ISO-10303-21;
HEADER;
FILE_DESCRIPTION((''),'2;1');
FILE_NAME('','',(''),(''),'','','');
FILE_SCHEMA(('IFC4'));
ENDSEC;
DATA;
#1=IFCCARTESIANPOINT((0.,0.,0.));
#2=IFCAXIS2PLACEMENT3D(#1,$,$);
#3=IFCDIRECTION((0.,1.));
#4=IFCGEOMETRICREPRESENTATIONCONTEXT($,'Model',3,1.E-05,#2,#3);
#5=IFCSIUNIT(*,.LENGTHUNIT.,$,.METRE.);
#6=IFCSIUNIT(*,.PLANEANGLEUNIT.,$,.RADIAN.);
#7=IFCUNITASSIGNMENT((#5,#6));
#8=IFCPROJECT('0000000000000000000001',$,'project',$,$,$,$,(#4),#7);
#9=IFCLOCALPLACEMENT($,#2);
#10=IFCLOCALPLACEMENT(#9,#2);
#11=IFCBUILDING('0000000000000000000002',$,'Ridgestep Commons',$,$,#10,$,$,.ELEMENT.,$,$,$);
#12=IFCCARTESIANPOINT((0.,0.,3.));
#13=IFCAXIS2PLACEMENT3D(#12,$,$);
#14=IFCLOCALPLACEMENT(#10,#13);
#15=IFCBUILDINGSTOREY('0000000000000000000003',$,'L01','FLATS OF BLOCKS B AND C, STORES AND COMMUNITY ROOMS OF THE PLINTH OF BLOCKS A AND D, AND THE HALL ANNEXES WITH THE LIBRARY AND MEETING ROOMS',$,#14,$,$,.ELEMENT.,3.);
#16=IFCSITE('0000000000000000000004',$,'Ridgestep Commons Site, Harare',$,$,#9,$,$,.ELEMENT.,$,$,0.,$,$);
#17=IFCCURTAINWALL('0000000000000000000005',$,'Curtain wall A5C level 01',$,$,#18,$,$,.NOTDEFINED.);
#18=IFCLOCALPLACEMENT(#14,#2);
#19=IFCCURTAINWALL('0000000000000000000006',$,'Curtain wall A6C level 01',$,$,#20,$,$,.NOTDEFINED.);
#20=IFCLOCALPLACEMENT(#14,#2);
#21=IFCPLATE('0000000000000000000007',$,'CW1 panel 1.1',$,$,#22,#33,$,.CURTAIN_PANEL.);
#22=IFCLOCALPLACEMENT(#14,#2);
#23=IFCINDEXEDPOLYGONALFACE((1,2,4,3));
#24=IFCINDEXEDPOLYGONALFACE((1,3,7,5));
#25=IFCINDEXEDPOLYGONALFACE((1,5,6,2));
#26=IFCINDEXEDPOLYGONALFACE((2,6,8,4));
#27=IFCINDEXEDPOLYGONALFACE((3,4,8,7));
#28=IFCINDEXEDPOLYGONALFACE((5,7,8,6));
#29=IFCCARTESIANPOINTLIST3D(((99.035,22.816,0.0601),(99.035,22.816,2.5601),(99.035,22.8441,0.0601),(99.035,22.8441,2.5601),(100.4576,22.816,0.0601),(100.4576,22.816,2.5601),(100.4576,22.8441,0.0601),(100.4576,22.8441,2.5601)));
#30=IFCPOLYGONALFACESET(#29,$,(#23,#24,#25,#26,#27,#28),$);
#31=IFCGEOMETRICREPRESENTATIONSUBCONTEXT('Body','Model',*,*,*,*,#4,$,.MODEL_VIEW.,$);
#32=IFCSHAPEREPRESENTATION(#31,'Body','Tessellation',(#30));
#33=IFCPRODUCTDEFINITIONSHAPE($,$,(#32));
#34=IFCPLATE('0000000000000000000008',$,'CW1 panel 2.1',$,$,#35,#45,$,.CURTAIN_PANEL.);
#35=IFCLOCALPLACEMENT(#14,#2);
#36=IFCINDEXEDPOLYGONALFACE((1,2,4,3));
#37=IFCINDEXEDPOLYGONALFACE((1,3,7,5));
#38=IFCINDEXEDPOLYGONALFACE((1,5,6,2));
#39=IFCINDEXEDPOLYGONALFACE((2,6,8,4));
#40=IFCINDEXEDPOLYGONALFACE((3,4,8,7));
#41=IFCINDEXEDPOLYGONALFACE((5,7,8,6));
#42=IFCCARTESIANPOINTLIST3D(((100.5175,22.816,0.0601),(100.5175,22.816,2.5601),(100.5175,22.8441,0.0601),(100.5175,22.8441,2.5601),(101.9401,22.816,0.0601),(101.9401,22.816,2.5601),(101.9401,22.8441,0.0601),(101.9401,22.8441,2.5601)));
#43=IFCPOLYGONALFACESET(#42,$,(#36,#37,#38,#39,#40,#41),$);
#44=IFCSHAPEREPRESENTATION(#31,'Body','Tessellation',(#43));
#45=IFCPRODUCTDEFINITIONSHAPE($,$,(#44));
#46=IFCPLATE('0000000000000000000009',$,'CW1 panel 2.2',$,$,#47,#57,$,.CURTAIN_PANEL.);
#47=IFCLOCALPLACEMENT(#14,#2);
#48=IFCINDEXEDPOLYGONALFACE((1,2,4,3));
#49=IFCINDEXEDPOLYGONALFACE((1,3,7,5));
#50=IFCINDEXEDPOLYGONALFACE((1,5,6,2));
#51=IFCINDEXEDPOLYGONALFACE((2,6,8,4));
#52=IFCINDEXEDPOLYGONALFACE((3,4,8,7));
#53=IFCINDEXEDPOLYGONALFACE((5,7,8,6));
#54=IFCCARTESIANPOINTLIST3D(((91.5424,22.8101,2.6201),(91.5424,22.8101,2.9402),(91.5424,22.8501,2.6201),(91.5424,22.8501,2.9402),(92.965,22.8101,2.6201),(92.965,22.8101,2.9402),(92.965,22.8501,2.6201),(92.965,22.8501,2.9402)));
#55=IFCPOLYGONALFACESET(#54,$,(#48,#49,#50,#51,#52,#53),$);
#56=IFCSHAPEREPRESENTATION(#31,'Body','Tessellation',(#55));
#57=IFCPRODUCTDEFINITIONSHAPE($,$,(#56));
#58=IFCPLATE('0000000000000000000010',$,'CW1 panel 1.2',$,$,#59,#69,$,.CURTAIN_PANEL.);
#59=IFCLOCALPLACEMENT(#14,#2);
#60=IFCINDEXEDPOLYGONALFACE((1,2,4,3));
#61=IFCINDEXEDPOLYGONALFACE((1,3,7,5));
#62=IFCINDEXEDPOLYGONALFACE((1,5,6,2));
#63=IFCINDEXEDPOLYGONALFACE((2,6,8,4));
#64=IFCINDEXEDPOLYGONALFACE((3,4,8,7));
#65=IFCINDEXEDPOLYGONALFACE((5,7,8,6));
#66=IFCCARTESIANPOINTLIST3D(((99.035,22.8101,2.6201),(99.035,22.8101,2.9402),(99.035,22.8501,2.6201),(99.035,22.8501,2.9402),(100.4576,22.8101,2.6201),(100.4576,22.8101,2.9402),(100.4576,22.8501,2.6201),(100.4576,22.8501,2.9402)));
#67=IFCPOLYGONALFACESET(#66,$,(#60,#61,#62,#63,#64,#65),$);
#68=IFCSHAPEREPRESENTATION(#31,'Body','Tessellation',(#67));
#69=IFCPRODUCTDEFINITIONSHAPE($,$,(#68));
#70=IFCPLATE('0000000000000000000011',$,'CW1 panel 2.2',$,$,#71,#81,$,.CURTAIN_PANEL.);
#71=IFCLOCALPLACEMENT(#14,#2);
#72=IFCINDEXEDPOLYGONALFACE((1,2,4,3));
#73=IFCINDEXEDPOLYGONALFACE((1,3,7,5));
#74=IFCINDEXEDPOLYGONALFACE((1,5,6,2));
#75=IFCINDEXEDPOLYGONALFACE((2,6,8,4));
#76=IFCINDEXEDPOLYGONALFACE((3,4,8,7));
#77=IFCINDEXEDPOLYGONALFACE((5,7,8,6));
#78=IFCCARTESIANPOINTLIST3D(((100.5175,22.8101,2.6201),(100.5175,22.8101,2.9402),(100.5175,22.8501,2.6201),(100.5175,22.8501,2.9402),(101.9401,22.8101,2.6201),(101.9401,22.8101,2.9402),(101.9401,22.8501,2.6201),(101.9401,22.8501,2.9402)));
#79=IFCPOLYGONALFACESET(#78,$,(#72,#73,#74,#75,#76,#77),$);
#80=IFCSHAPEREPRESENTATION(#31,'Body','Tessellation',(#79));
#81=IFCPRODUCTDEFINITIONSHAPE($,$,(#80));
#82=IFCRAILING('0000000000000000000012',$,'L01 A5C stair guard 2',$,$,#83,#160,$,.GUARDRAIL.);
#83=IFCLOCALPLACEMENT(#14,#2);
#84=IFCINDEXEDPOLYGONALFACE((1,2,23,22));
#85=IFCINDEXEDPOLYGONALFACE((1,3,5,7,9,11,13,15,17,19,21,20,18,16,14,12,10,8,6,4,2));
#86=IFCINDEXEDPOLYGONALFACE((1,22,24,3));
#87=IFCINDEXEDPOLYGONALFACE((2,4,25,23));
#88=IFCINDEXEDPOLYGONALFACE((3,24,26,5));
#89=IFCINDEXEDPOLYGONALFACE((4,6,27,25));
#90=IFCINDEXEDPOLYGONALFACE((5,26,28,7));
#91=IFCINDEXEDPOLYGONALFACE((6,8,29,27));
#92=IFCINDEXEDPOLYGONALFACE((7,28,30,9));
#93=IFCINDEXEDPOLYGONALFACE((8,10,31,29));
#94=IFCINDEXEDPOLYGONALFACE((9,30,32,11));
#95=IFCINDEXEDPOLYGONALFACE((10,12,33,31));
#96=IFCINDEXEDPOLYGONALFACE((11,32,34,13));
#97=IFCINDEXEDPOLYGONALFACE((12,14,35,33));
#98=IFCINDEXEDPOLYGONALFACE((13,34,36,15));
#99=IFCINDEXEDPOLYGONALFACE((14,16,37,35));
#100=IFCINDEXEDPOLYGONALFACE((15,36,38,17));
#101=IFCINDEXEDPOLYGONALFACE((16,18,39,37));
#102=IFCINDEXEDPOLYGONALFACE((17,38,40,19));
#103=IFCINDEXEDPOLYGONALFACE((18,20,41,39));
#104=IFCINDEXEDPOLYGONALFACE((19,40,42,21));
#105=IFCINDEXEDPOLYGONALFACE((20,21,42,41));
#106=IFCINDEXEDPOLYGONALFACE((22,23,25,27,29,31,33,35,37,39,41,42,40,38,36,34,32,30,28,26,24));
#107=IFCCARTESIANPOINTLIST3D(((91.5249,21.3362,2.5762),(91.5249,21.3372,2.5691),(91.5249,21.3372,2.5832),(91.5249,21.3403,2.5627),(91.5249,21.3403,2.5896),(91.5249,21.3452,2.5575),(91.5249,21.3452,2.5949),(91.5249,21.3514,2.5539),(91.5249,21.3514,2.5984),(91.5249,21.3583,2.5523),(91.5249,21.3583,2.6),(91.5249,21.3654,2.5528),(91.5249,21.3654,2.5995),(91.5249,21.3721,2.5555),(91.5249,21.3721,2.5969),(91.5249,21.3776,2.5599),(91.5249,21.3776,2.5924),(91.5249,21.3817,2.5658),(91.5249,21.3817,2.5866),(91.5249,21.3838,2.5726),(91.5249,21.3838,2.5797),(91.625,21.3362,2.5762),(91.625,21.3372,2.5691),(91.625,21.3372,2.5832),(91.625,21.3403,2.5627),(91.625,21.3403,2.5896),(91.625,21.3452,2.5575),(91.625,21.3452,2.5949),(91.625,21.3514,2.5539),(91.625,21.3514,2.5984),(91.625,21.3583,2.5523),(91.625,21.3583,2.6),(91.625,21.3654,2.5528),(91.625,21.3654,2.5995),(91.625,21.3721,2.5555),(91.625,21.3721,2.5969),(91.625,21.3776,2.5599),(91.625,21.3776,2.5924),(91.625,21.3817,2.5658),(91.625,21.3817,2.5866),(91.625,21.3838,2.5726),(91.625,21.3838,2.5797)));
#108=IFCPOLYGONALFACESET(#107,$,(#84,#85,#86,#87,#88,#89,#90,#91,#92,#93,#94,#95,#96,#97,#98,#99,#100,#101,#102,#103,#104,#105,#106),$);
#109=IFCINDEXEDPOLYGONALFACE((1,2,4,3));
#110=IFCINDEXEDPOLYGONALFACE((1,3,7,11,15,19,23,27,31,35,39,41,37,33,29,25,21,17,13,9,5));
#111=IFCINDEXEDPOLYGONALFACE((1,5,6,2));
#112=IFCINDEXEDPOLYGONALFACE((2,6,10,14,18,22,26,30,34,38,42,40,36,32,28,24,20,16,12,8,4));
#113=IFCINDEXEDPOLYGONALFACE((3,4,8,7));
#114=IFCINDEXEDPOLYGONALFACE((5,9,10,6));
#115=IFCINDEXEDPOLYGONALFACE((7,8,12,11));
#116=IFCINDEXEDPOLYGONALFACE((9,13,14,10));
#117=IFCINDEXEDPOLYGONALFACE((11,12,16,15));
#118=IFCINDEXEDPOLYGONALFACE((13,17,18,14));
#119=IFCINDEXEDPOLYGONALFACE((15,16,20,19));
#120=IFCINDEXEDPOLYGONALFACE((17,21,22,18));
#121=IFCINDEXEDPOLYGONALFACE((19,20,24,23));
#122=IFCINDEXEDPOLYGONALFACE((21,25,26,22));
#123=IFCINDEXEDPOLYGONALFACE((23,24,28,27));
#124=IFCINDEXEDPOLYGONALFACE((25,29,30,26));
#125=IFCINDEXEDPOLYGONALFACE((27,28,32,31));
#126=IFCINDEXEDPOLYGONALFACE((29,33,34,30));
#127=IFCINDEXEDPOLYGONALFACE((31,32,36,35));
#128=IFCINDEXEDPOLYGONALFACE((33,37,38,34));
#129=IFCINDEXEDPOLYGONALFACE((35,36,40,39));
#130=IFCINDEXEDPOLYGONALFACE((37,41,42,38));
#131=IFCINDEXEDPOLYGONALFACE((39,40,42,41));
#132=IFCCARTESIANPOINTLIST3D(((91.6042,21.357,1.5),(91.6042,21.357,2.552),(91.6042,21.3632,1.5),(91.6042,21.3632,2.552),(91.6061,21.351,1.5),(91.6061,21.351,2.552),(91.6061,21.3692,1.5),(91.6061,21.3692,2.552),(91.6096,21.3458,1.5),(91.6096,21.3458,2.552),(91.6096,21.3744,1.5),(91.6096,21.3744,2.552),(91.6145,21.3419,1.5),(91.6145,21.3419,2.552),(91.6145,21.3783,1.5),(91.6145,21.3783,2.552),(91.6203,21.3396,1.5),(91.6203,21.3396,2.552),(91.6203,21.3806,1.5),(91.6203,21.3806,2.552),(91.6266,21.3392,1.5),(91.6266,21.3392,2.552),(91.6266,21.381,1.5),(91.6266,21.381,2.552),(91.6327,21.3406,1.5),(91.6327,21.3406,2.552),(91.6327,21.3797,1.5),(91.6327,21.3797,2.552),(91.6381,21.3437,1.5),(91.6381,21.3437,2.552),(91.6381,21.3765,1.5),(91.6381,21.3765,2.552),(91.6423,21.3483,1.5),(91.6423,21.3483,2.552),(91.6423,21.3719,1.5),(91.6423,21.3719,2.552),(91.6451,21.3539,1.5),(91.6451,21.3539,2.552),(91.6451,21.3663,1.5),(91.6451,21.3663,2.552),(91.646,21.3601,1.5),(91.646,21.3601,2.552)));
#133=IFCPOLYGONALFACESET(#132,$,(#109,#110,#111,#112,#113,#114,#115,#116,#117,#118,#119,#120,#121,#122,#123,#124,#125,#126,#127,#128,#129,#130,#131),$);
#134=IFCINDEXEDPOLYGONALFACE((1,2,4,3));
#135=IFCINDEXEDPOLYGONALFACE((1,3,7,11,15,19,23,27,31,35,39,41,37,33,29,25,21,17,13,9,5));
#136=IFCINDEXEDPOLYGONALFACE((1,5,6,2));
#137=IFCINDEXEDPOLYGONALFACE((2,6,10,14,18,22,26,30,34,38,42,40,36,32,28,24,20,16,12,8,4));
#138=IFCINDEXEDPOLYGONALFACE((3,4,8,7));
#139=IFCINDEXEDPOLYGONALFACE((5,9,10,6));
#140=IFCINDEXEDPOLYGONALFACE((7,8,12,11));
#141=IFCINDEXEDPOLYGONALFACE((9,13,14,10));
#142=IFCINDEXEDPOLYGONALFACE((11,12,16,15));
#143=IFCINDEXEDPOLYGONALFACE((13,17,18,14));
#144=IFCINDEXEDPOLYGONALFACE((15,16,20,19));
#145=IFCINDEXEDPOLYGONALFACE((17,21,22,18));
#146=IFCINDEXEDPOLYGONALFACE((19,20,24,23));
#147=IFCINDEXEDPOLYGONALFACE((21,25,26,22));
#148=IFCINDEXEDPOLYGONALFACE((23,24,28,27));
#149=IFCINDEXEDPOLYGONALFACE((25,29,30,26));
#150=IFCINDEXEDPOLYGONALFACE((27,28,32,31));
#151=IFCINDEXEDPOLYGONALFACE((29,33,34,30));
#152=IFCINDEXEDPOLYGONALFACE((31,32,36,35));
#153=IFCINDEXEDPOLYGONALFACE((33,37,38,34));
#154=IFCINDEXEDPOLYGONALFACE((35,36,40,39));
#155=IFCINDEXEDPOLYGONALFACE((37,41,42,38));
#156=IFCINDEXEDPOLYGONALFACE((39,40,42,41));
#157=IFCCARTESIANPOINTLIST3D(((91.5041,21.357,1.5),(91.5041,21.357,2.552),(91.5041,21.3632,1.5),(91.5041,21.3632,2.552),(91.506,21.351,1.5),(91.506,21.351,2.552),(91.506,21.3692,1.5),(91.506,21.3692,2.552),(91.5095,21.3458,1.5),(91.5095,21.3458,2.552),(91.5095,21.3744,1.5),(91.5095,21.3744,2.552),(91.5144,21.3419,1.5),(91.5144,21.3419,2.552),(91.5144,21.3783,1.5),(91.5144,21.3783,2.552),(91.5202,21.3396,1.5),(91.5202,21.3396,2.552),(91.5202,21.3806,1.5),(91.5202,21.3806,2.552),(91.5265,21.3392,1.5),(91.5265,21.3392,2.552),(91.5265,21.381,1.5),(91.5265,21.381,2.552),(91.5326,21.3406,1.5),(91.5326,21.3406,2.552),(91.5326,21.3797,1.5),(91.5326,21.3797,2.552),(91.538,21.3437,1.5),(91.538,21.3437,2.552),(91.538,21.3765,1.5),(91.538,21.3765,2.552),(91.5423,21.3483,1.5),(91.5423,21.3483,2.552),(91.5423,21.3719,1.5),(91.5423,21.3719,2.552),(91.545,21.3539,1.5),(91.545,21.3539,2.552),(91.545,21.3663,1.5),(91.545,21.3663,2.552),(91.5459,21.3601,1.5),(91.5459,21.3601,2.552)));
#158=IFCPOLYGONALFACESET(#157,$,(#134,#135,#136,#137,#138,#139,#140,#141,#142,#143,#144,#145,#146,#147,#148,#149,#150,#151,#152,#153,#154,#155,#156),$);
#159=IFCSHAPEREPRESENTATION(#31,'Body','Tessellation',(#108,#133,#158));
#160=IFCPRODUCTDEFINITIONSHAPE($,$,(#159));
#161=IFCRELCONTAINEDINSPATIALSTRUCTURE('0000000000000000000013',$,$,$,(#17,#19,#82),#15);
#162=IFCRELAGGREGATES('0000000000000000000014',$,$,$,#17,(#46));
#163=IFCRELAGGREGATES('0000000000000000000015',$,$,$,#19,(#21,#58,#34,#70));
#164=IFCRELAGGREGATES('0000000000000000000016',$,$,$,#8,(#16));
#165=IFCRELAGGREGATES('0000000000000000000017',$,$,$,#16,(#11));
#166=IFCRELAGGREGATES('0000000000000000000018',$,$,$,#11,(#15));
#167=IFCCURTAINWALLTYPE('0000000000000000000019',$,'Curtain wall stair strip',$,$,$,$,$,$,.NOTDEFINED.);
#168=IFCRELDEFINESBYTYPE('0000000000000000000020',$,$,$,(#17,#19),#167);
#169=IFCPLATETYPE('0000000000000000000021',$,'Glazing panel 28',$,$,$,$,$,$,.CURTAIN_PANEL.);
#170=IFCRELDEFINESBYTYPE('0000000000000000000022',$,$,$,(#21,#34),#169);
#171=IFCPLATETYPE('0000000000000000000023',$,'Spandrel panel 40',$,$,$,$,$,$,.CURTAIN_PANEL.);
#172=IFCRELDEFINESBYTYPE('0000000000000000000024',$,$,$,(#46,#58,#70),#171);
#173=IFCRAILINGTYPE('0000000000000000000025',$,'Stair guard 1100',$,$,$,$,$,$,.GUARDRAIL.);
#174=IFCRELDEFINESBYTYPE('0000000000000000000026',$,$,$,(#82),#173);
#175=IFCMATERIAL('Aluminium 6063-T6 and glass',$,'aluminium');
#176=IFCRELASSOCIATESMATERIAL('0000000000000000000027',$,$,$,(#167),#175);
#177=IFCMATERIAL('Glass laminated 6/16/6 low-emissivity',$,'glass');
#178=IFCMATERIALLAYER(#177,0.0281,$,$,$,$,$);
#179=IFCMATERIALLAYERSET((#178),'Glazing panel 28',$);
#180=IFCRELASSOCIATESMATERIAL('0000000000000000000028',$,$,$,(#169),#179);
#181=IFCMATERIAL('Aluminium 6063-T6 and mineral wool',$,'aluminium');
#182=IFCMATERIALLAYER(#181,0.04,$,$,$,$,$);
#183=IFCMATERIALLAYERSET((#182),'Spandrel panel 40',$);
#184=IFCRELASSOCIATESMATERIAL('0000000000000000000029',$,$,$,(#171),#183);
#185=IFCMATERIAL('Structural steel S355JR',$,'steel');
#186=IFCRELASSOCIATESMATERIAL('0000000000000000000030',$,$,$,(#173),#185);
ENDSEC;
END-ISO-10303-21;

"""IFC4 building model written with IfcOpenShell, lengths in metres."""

from ifc_helpers import new_model, si_unit, direction, frame, origin, origin_2d, place, context, subcontext, project, spatial, rectangle, circle, extrude, material, layer, layer_set, type_object, element, aggregate, save


model = new_model("IFC4")

# Units and contexts
model_context = context("Model", 3, precision=1e-05, world=origin(), true_north=direction((0.0, 1.0)))
body_context = subcontext(model_context, "Body", "Model", "MODEL_VIEW")
ifc_project = project(units=[si_unit("LENGTHUNIT", "METRE"), si_unit("PLANEANGLEUNIT", "RADIAN")], contexts=[model_context])

# Site, building, storey
site_placement = place(None, origin())
site = spatial("IfcSite", under=ifc_project, at=site_placement, Name="Ridgestep Commons Site, Harare", CompositionType="ELEMENT", RefElevation=0.0)
building_placement = place(site_placement, origin())
building = spatial("IfcBuilding", under=site, at=building_placement, Name="Ridgestep Commons", CompositionType="ELEMENT")
storey_placement = place(building_placement, frame((0.0, 0.0, 3.0)))
storey = spatial("IfcBuildingStorey", under=building, at=storey_placement, Name="L01", Description="FLATS OF BLOCKS B AND C, STORES AND COMMUNITY ROOMS OF THE PLINTH OF BLOCKS A AND D, AND THE HALL ANNEXES WITH THE LIBRARY AND MEETING ROOMS", CompositionType="ELEMENT", Elevation=3.0)

# Curtain wall
ifc_material_1 = material(Name="Aluminium 6063-T6 and glass", Category="aluminium")
curtain_wall_type = type_object("IfcCurtainWallType", Name="Curtain wall stair strip", PredefinedType="NOTDEFINED", material=ifc_material_1)
curtain_wall_1_placement = place(storey_placement, origin())
curtain_wall_1 = element("IfcCurtainWall", 1, at=curtain_wall_1_placement, inside=storey, type_object=curtain_wall_type, Name="Curtain wall A5C level 01", PredefinedType="NOTDEFINED")

# Curtain wall
curtain_wall_2_placement = place(storey_placement, origin())
curtain_wall_2 = element("IfcCurtainWall", 2, at=curtain_wall_2_placement, inside=storey, type_object=curtain_wall_type, Name="Curtain wall A6C level 01", PredefinedType="NOTDEFINED")

# Plates
ifc_material_2 = material(Name="Glass laminated 6/16/6 low-emissivity", Category="glass")
ifc_layer_1 = layer(ifc_material_2, 0.0281)
ifc_layer_set_1 = layer_set([ifc_layer_1], Name="Glazing panel 28")
plate_type_1 = type_object("IfcPlateType", Name="Glazing panel 28", PredefinedType="CURTAIN_PANEL", material=ifc_layer_set_1)
plate_1_placement = place(storey_placement, frame((99.7463, 22.8301, 0.0601), z_axis=(0.0, 0.0, 1.0), x_axis=(1.0, 0.0, 0.0)))
plate_1 = element("IfcPlate", 3, at=plate_1_placement, type_object=plate_type_1, Name="CW1 panel 1.1", PredefinedType="CURTAIN_PANEL", context=body_context, shape_type="SweptSolid", body=[
    extrude(rectangle(XDim=1.4226, YDim=0.0281, at=origin_2d()), origin(), (0.0, 0.0, 1.0), 2.5),
])
plate_2_placement = place(storey_placement, frame((101.2288, 22.8301, 0.0601), z_axis=(0.0, 0.0, 1.0), x_axis=(1.0, 0.0, 0.0)))
plate_2 = element("IfcPlate", 4, at=plate_2_placement, type_object=plate_type_1, Name="CW1 panel 2.1", PredefinedType="CURTAIN_PANEL", context=body_context, shape_type="SweptSolid", body=[
    extrude(rectangle(XDim=1.4226, YDim=0.0281, at=origin_2d()), origin(), (0.0, 0.0, 1.0), 2.5),
])
ifc_material_3 = material(Name="Aluminium 6063-T6 and mineral wool", Category="aluminium")
ifc_layer_2 = layer(ifc_material_3, 0.04)
ifc_layer_set_2 = layer_set([ifc_layer_2], Name="Spandrel panel 40")
plate_type_2 = type_object("IfcPlateType", Name="Spandrel panel 40", PredefinedType="CURTAIN_PANEL", material=ifc_layer_set_2)
plate_3_placement = place(storey_placement, frame((92.2537, 22.8301, 2.6201), z_axis=(0.0, 0.0, 1.0), x_axis=(1.0, 0.0, 0.0)))
plate_3 = element("IfcPlate", 5, at=plate_3_placement, type_object=plate_type_2, Name="CW1 panel 2.2", PredefinedType="CURTAIN_PANEL", context=body_context, shape_type="SweptSolid", body=[
    extrude(rectangle(XDim=1.4226, YDim=0.04, at=origin_2d()), origin(), (0.0, 0.0, 1.0), 0.3201),
])
aggregate(curtain_wall_1, [plate_3])
plate_4_placement = place(storey_placement, frame((99.7463, 22.8301, 2.6201), z_axis=(0.0, 0.0, 1.0), x_axis=(1.0, 0.0, 0.0)))
plate_4 = element("IfcPlate", 6, at=plate_4_placement, type_object=plate_type_2, Name="CW1 panel 1.2", PredefinedType="CURTAIN_PANEL", context=body_context, shape_type="SweptSolid", body=[
    extrude(rectangle(XDim=1.4226, YDim=0.04, at=origin_2d()), origin(), (0.0, 0.0, 1.0), 0.3201),
])
plate_5_placement = place(storey_placement, frame((101.2288, 22.8301, 2.6201), z_axis=(0.0, 0.0, 1.0), x_axis=(1.0, 0.0, 0.0)))
plate_5 = element("IfcPlate", 7, at=plate_5_placement, type_object=plate_type_2, Name="CW1 panel 2.2", PredefinedType="CURTAIN_PANEL", context=body_context, shape_type="SweptSolid", body=[
    extrude(rectangle(XDim=1.4226, YDim=0.04, at=origin_2d()), origin(), (0.0, 0.0, 1.0), 0.3201),
])
aggregate(curtain_wall_2, [plate_1, plate_4, plate_2, plate_5])

# Railing
ifc_material_4 = material(Name="Structural steel S355JR", Category="steel")
railing_type = type_object("IfcRailingType", Name="Stair guard 1100", PredefinedType="GUARDRAIL", material=ifc_material_4)
for number, where, name in (
    (8, (91.625, 21.3601, 1.5), "L01 A5C stair guard 2"),
):
    element("IfcRailing", number, at=place(storey_placement, frame(where)), inside=storey, type_object=railing_type, Name=name, PredefinedType="GUARDRAIL", context=body_context, shape_type="SweptSolid", body=[
        extrude(circle(Radius=0.0239, at=origin_2d()), frame((0.0, 0.0, 1.0762), z_axis=(-1.0, 0.0, 0.0), x_axis=(0.0, -1.0, 0.0)), (0.0, 0.0, 1.0), 0.1001),
        extrude(circle(Radius=0.021, at=origin_2d()), origin(), (0.0, 0.0, 1.0), 1.052),
        extrude(circle(Radius=0.021, at=origin_2d()), frame((-0.1001, 0.0, 0.0)), (0.0, 0.0, 1.0), 1.052),
    ])

save(model, "model.ifc")
